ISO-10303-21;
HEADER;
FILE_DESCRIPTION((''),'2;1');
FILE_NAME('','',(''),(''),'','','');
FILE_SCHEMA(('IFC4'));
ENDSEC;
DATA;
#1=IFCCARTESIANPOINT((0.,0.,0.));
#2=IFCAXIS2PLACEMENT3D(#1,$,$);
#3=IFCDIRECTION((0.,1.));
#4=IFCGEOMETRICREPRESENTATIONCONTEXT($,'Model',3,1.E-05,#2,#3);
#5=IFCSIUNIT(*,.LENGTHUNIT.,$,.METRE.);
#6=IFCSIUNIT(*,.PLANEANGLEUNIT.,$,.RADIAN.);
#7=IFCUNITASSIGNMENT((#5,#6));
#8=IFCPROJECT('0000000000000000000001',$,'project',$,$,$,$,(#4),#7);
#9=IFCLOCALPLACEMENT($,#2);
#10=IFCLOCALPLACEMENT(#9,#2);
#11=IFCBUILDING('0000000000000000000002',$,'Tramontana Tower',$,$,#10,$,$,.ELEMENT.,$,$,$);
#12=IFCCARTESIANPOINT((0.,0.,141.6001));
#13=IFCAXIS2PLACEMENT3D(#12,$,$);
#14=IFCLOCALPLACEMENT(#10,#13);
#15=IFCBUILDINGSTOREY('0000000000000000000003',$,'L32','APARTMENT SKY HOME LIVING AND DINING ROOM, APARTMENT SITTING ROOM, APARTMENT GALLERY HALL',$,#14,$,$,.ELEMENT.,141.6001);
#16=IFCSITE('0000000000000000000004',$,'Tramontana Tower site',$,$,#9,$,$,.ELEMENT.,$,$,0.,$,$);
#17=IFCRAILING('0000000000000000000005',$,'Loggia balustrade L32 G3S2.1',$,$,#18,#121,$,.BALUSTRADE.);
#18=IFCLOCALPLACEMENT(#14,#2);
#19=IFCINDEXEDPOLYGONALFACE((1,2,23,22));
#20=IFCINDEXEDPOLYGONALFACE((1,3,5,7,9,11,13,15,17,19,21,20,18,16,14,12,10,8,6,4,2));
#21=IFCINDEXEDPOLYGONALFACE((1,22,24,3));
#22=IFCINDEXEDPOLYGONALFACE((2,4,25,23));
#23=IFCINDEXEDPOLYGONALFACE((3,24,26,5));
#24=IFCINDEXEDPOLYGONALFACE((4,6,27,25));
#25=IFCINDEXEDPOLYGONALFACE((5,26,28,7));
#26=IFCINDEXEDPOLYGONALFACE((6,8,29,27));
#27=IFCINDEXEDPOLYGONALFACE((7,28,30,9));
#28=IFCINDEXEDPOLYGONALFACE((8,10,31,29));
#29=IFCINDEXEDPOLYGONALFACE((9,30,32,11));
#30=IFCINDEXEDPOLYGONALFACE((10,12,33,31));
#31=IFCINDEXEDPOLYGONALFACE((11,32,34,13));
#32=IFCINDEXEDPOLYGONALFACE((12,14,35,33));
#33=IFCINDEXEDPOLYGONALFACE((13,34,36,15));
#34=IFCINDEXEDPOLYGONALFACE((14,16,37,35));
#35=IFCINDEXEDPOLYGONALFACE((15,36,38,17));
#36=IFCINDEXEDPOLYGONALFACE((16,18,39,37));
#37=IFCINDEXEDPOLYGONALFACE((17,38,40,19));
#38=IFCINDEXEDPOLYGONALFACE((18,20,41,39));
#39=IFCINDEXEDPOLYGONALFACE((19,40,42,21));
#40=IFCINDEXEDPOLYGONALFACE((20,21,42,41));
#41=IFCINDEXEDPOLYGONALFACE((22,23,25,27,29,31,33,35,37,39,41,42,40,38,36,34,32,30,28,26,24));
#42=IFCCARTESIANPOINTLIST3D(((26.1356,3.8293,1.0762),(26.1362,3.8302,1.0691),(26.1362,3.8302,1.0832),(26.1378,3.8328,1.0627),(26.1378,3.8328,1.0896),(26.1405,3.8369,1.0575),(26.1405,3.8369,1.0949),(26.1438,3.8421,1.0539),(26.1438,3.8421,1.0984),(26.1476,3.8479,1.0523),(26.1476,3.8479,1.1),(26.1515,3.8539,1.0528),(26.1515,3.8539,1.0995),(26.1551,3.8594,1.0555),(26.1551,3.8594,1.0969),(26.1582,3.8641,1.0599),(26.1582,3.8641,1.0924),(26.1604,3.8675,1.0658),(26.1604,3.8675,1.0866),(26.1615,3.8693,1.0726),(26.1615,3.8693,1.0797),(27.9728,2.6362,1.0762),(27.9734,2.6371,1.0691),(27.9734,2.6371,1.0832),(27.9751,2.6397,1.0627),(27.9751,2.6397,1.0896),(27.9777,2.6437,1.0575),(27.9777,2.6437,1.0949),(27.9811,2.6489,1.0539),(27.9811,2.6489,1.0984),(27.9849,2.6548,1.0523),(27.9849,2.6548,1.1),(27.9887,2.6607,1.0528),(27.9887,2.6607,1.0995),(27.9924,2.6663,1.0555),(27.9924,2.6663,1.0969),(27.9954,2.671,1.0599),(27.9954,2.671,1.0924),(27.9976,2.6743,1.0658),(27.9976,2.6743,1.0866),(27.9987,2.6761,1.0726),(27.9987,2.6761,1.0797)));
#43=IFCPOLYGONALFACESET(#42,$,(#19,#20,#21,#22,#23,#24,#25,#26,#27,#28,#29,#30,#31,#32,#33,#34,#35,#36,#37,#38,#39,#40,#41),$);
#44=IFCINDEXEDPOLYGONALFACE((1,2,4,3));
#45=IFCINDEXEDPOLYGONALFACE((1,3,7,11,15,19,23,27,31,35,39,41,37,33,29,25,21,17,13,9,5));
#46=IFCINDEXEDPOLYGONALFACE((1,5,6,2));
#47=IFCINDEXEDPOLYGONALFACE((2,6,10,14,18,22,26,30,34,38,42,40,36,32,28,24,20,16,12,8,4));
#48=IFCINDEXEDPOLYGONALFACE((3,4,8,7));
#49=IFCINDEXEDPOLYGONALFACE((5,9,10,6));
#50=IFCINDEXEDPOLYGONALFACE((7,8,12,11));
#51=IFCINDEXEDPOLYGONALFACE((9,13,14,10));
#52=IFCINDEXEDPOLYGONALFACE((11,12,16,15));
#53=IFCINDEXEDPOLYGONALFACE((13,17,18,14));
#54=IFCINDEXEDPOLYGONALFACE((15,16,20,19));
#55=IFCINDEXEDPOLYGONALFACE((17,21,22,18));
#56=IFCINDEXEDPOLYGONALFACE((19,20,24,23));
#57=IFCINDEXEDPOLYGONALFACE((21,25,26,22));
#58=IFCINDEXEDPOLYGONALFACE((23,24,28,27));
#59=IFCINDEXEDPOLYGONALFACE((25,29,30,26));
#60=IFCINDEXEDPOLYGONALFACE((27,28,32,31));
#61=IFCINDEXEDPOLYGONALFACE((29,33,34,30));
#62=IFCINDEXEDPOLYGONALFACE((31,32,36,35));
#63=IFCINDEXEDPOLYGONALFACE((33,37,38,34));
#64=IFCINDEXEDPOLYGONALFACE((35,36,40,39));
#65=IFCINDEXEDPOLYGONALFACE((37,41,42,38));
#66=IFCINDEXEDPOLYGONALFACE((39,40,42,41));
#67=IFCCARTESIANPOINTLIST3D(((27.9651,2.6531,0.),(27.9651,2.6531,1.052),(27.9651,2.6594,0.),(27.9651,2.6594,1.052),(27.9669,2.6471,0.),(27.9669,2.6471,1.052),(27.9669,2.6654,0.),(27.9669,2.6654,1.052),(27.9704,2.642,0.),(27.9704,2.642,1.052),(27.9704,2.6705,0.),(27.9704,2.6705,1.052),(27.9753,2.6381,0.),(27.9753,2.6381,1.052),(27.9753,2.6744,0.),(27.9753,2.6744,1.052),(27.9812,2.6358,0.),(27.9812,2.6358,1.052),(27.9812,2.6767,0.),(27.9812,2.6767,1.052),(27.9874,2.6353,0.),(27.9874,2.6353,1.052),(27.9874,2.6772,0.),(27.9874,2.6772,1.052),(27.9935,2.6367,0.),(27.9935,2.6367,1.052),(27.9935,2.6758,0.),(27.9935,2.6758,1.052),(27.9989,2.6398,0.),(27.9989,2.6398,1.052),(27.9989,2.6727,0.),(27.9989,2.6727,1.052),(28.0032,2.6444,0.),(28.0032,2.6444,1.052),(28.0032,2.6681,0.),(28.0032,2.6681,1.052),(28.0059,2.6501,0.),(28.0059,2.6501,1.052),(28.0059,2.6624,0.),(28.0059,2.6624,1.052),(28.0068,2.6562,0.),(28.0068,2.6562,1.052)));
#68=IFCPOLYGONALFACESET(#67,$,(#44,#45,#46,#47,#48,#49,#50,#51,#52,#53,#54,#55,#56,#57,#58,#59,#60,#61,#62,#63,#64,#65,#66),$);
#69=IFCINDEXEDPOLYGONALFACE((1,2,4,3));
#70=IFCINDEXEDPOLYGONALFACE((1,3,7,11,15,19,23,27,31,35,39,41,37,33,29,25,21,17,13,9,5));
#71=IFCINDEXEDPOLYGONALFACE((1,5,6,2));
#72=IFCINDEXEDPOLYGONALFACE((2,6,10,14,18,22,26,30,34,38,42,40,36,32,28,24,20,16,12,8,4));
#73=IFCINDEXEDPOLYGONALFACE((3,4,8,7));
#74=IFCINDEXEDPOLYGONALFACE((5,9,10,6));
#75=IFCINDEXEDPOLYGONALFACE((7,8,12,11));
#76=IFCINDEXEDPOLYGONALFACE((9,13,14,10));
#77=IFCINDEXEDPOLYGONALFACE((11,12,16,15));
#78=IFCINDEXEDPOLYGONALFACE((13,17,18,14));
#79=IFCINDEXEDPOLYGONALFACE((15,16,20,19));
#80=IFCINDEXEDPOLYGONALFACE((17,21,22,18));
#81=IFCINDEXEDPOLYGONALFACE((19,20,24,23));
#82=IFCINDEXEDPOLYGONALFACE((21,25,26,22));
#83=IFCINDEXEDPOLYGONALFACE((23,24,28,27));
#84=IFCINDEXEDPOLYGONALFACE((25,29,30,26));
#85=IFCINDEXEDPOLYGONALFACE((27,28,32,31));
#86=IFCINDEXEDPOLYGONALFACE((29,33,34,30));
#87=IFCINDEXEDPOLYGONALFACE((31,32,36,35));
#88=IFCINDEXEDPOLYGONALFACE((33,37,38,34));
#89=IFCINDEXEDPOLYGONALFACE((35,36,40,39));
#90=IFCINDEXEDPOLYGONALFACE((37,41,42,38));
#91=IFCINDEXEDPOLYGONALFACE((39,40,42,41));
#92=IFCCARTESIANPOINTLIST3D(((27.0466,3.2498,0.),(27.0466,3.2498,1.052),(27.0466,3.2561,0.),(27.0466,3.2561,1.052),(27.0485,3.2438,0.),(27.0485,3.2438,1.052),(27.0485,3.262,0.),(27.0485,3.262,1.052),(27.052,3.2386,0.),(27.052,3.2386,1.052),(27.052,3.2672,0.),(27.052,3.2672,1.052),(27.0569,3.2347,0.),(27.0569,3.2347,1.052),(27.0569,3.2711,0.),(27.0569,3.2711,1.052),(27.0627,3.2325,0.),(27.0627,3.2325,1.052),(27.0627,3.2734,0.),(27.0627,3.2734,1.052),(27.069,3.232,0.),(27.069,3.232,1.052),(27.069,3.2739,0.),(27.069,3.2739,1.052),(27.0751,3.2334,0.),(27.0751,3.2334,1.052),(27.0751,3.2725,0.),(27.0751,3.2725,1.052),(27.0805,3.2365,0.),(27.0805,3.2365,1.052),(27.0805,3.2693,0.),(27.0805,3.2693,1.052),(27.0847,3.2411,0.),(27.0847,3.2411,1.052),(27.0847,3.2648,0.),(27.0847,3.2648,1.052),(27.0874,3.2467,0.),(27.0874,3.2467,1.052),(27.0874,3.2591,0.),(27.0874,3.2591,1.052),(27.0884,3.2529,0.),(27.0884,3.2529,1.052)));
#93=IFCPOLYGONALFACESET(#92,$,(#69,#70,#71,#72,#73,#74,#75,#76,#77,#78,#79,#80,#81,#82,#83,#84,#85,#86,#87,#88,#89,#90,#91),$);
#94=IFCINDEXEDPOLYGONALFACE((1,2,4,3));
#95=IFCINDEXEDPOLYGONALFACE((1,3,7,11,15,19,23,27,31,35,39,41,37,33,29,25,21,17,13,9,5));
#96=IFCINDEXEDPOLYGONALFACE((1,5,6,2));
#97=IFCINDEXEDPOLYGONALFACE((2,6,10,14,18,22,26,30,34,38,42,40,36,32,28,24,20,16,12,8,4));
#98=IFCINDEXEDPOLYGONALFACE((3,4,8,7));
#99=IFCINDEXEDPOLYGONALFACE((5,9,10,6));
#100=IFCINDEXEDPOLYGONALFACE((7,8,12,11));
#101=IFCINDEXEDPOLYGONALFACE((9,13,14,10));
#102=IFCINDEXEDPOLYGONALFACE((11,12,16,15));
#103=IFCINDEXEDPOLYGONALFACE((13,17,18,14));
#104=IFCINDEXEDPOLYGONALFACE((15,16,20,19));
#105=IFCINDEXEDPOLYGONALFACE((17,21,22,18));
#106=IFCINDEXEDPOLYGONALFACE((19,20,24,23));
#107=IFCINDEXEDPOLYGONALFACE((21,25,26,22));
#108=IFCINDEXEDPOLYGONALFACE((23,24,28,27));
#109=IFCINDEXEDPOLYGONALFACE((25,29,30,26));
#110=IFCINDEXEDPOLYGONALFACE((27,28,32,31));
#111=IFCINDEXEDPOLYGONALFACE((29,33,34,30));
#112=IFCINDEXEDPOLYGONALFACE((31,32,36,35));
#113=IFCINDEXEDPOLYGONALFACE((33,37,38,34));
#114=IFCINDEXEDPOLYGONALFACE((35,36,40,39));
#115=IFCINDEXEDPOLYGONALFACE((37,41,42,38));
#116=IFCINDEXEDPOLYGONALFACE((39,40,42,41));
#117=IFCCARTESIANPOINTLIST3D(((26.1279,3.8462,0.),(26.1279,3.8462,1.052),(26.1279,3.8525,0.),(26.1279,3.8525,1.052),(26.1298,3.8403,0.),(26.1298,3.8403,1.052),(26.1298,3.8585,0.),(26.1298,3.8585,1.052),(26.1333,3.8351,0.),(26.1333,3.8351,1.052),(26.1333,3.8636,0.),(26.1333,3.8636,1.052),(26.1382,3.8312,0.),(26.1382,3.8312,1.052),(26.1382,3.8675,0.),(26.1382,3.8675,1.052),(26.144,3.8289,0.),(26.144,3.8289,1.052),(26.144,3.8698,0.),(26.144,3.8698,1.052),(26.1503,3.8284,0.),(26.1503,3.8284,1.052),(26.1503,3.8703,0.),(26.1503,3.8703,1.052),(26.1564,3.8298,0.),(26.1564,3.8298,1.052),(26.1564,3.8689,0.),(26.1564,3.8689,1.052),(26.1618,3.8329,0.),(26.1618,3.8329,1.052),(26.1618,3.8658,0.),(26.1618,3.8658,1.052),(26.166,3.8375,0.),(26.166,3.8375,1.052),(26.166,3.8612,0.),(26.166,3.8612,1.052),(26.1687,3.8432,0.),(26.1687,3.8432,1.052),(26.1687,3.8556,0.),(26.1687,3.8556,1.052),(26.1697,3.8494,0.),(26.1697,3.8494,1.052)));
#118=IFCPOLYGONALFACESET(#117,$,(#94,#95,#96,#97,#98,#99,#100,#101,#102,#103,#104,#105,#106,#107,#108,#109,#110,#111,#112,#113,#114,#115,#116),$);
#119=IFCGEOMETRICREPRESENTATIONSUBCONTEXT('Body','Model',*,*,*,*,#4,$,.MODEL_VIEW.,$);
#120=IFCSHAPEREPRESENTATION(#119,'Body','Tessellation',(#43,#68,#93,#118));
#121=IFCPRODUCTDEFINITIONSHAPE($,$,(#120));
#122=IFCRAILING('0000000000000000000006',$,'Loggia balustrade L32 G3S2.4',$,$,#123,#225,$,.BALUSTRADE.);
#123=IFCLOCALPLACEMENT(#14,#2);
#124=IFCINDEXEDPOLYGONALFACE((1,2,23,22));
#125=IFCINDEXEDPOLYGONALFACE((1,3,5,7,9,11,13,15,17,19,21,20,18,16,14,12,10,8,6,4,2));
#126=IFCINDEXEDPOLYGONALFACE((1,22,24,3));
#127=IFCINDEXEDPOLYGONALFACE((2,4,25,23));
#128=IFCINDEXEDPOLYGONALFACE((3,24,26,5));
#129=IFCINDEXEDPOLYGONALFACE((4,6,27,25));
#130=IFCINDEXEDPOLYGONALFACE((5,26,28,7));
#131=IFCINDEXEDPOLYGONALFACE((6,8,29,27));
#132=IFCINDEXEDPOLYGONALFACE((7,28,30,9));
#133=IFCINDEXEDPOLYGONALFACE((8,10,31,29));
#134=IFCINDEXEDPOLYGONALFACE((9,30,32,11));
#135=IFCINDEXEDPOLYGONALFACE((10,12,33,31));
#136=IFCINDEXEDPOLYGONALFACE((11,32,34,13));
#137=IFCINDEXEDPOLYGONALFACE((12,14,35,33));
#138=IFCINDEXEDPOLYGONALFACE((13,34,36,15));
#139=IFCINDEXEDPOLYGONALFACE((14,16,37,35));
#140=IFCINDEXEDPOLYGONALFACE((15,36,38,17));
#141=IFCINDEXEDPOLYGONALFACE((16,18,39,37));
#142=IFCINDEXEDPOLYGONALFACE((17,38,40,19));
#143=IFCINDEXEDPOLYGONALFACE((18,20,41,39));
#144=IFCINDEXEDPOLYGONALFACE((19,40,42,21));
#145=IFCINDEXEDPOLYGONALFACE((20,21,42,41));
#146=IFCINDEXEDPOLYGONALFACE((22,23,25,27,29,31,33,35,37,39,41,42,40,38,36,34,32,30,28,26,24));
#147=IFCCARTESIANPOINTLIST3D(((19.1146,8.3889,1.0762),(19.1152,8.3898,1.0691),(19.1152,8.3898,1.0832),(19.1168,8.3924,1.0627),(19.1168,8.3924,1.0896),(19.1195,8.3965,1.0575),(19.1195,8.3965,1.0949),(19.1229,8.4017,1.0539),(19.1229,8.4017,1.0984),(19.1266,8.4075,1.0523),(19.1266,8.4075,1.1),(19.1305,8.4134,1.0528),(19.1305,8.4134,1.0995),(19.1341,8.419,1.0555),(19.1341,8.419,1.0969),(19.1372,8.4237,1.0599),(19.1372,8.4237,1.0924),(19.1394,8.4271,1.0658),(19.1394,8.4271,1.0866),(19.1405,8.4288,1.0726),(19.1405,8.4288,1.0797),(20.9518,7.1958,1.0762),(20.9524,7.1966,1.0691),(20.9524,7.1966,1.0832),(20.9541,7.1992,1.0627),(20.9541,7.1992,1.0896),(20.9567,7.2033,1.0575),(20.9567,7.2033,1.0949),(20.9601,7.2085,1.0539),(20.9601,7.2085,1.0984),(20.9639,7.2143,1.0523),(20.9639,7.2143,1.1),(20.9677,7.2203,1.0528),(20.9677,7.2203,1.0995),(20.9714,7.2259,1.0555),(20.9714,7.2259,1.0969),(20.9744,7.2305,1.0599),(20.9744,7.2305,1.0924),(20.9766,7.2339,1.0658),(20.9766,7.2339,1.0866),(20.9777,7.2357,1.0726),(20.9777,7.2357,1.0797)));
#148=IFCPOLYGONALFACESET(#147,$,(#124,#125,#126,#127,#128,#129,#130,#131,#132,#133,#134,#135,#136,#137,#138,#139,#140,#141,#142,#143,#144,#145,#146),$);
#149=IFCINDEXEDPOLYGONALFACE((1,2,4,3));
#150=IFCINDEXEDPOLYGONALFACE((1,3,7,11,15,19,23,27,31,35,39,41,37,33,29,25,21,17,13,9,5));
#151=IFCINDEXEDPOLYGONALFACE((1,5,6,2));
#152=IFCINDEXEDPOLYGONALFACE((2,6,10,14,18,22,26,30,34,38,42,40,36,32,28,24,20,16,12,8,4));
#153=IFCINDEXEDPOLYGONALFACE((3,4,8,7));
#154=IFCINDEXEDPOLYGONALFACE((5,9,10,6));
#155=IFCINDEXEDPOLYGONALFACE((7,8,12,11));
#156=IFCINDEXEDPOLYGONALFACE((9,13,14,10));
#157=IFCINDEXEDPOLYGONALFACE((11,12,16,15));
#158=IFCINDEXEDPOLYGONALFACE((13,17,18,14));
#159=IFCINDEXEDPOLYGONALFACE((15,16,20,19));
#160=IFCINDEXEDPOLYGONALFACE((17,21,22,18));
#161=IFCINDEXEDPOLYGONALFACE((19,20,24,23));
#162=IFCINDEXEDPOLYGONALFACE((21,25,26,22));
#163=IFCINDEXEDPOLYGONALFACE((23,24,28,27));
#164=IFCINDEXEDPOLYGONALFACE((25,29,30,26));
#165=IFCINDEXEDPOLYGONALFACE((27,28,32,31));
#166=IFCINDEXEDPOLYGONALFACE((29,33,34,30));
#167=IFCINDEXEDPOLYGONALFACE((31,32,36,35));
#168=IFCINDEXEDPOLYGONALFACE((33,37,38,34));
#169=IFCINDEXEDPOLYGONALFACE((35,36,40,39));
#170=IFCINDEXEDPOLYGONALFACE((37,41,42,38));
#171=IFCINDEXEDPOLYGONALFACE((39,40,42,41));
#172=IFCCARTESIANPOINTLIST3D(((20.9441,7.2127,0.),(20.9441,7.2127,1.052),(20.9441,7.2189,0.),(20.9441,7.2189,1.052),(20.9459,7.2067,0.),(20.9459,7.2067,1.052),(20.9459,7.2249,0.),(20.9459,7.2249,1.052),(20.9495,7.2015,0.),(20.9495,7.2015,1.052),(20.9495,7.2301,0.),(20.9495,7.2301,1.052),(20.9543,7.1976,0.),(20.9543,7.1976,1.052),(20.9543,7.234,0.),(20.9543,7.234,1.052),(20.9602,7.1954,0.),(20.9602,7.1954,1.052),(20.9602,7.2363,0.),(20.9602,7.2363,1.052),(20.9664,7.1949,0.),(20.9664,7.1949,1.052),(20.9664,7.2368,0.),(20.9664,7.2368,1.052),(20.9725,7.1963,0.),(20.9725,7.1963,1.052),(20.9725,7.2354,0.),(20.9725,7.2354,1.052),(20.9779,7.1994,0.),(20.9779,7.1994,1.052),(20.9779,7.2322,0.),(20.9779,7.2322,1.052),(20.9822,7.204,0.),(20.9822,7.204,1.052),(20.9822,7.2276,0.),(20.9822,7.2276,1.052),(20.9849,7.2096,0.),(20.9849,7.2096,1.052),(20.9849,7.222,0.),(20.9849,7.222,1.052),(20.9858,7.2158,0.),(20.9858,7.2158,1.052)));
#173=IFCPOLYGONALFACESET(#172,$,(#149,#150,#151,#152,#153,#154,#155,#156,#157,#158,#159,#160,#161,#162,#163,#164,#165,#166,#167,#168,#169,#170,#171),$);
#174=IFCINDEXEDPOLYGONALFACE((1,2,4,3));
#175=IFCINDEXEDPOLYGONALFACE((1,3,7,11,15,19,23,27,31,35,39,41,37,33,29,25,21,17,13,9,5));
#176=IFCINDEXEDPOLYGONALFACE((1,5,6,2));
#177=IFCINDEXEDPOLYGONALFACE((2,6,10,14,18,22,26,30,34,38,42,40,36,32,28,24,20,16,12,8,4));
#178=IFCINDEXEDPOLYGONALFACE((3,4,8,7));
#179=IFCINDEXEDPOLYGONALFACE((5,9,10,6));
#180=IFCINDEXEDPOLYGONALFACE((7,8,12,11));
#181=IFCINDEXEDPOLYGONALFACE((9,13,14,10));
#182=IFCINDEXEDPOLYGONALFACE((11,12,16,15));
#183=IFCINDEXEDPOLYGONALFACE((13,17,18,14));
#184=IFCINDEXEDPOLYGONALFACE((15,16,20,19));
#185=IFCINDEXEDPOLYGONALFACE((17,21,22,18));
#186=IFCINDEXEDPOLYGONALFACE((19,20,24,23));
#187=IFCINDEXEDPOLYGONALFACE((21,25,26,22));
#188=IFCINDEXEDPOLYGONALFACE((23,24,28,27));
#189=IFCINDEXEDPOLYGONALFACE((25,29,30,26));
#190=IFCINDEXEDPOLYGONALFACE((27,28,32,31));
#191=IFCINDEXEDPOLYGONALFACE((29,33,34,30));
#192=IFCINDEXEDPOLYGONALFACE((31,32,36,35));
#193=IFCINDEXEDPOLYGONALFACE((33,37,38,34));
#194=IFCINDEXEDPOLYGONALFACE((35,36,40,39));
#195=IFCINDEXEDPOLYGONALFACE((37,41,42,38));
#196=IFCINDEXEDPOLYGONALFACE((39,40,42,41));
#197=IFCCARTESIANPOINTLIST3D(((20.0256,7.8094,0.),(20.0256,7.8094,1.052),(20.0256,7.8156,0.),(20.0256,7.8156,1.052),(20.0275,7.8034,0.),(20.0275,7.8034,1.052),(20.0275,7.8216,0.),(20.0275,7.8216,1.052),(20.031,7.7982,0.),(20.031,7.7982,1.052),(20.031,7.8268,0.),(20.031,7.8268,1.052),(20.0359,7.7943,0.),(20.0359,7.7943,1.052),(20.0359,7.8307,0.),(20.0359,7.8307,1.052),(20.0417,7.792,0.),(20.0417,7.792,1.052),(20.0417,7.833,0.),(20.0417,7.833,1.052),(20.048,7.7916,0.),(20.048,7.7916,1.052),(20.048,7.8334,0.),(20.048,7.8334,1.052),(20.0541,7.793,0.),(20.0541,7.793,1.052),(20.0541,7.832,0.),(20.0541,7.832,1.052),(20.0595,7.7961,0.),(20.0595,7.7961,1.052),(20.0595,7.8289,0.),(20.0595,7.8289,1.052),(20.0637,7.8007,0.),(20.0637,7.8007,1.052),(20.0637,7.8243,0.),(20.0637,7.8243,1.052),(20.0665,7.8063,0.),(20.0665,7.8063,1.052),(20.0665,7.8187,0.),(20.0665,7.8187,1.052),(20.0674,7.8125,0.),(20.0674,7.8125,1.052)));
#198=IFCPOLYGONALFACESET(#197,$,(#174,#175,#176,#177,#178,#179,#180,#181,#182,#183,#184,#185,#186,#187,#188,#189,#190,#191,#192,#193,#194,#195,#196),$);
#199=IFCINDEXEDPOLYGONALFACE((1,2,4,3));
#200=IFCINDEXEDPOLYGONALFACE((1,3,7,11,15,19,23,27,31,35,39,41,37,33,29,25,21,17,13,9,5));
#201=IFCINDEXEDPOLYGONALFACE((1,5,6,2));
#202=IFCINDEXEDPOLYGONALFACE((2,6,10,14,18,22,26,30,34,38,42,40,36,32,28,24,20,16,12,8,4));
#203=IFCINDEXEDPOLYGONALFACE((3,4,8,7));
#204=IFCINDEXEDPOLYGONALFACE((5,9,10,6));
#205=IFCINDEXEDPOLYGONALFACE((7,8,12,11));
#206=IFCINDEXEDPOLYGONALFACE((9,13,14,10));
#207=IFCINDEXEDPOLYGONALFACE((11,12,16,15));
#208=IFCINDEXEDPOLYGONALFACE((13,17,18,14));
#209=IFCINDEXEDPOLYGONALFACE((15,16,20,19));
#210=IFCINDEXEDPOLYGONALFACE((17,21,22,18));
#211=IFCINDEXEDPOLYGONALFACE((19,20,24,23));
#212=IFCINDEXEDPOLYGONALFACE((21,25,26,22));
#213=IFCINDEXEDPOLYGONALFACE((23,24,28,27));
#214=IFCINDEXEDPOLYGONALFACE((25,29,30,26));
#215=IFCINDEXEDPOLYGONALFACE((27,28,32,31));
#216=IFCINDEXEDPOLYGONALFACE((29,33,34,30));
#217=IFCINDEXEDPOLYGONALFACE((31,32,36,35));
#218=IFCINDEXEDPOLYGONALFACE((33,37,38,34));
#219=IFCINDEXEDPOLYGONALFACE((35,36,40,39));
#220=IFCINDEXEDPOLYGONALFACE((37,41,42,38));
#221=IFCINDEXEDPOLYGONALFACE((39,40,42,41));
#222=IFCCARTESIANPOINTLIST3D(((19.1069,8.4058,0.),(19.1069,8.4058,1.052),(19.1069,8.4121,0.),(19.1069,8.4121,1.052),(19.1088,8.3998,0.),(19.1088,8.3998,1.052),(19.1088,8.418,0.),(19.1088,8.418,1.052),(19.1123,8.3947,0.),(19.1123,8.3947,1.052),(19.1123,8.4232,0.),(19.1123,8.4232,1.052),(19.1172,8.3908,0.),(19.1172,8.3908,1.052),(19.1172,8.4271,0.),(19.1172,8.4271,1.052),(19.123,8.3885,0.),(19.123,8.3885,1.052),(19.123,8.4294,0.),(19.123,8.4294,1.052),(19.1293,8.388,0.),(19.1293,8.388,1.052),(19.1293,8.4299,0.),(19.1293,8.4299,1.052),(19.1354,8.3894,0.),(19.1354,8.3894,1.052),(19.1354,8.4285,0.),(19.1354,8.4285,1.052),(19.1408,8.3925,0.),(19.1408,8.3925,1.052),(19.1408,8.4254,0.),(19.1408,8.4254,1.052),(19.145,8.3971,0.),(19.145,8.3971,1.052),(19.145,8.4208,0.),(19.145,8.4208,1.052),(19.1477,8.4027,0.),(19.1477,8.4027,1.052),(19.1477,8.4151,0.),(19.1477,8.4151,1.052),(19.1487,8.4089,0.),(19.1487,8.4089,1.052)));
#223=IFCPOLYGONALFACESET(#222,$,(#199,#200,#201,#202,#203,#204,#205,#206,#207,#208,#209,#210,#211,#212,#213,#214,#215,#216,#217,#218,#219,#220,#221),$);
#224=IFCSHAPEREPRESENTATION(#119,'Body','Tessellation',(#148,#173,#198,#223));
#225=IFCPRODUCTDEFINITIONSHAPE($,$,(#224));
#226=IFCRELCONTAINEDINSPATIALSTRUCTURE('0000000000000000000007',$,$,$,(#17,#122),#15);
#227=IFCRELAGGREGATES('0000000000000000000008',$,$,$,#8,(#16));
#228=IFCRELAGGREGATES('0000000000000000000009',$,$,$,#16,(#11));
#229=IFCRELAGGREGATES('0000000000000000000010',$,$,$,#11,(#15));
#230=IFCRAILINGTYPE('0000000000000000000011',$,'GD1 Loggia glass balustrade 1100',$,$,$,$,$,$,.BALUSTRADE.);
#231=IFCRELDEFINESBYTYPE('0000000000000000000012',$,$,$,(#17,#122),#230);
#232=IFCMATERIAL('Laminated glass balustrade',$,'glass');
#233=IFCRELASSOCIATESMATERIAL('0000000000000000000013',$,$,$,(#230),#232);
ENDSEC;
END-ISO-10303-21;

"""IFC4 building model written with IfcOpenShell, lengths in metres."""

from ifc_helpers import new_model, si_unit, direction, frame, origin, origin_2d, place, context, subcontext, project, spatial, circle, extrude, material, type_object, element, save


model = new_model("IFC4")

# Units and contexts
model_context = context("Model", 3, precision=1e-05, world=origin(), true_north=direction((0.0, 1.0)))
body_context = subcontext(model_context, "Body", "Model", "MODEL_VIEW")
ifc_project = project(units=[si_unit("LENGTHUNIT", "METRE"), si_unit("PLANEANGLEUNIT", "RADIAN")], contexts=[model_context])

# Site, building, storey
site_placement = place(None, origin())
site = spatial("IfcSite", under=ifc_project, at=site_placement, Name="Tramontana Tower site", CompositionType="ELEMENT", RefElevation=0.0)
building_placement = place(site_placement, origin())
building = spatial("IfcBuilding", under=site, at=building_placement, Name="Tramontana Tower", CompositionType="ELEMENT")
storey_placement = place(building_placement, frame((0.0, 0.0, 141.6001)))
storey = spatial("IfcBuildingStorey", under=building, at=storey_placement, Name="L32", Description="APARTMENT SKY HOME LIVING AND DINING ROOM, APARTMENT SITTING ROOM, APARTMENT GALLERY HALL", CompositionType="ELEMENT", Elevation=141.6001)

# Railings
ifc_material_1 = material(Name="Laminated glass balustrade", Category="glass")
railing_type = type_object("IfcRailingType", Name="GD1 Loggia glass balustrade 1100", PredefinedType="BALUSTRADE", material=ifc_material_1)
for number, where, name in (
    (1, (27.9858, 2.6562, 0.0), "Loggia balustrade L32 G3S2.1"),
    (2, (20.9648, 7.2158, 0.0), "Loggia balustrade L32 G3S2.4"),
):
    element("IfcRailing", number, at=place(storey_placement, frame(where)), inside=storey, type_object=railing_type, Name=name, PredefinedType="BALUSTRADE", context=body_context, shape_type="SweptSolid", body=[
        extrude(circle(Radius=0.0239, at=origin_2d()), frame((0.0, 0.0, 1.0762), z_axis=(-0.83866, 0.544655, 0.0), x_axis=(-0.544655, -0.83866, 0.0)), (0.0, 0.0, 1.0), 2.1907),
        extrude(circle(Radius=0.021, at=origin_2d()), origin(), (0.0, 0.0, 1.0), 1.052),
        extrude(circle(Radius=0.021, at=origin_2d()), frame((-0.9185, 0.5967, 0.0)), (0.0, 0.0, 1.0), 1.052),
        extrude(circle(Radius=0.021, at=origin_2d()), frame((-1.8372, 1.1931, 0.0)), (0.0, 0.0, 1.0), 1.052),
    ])

save(model, "model.ifc")
